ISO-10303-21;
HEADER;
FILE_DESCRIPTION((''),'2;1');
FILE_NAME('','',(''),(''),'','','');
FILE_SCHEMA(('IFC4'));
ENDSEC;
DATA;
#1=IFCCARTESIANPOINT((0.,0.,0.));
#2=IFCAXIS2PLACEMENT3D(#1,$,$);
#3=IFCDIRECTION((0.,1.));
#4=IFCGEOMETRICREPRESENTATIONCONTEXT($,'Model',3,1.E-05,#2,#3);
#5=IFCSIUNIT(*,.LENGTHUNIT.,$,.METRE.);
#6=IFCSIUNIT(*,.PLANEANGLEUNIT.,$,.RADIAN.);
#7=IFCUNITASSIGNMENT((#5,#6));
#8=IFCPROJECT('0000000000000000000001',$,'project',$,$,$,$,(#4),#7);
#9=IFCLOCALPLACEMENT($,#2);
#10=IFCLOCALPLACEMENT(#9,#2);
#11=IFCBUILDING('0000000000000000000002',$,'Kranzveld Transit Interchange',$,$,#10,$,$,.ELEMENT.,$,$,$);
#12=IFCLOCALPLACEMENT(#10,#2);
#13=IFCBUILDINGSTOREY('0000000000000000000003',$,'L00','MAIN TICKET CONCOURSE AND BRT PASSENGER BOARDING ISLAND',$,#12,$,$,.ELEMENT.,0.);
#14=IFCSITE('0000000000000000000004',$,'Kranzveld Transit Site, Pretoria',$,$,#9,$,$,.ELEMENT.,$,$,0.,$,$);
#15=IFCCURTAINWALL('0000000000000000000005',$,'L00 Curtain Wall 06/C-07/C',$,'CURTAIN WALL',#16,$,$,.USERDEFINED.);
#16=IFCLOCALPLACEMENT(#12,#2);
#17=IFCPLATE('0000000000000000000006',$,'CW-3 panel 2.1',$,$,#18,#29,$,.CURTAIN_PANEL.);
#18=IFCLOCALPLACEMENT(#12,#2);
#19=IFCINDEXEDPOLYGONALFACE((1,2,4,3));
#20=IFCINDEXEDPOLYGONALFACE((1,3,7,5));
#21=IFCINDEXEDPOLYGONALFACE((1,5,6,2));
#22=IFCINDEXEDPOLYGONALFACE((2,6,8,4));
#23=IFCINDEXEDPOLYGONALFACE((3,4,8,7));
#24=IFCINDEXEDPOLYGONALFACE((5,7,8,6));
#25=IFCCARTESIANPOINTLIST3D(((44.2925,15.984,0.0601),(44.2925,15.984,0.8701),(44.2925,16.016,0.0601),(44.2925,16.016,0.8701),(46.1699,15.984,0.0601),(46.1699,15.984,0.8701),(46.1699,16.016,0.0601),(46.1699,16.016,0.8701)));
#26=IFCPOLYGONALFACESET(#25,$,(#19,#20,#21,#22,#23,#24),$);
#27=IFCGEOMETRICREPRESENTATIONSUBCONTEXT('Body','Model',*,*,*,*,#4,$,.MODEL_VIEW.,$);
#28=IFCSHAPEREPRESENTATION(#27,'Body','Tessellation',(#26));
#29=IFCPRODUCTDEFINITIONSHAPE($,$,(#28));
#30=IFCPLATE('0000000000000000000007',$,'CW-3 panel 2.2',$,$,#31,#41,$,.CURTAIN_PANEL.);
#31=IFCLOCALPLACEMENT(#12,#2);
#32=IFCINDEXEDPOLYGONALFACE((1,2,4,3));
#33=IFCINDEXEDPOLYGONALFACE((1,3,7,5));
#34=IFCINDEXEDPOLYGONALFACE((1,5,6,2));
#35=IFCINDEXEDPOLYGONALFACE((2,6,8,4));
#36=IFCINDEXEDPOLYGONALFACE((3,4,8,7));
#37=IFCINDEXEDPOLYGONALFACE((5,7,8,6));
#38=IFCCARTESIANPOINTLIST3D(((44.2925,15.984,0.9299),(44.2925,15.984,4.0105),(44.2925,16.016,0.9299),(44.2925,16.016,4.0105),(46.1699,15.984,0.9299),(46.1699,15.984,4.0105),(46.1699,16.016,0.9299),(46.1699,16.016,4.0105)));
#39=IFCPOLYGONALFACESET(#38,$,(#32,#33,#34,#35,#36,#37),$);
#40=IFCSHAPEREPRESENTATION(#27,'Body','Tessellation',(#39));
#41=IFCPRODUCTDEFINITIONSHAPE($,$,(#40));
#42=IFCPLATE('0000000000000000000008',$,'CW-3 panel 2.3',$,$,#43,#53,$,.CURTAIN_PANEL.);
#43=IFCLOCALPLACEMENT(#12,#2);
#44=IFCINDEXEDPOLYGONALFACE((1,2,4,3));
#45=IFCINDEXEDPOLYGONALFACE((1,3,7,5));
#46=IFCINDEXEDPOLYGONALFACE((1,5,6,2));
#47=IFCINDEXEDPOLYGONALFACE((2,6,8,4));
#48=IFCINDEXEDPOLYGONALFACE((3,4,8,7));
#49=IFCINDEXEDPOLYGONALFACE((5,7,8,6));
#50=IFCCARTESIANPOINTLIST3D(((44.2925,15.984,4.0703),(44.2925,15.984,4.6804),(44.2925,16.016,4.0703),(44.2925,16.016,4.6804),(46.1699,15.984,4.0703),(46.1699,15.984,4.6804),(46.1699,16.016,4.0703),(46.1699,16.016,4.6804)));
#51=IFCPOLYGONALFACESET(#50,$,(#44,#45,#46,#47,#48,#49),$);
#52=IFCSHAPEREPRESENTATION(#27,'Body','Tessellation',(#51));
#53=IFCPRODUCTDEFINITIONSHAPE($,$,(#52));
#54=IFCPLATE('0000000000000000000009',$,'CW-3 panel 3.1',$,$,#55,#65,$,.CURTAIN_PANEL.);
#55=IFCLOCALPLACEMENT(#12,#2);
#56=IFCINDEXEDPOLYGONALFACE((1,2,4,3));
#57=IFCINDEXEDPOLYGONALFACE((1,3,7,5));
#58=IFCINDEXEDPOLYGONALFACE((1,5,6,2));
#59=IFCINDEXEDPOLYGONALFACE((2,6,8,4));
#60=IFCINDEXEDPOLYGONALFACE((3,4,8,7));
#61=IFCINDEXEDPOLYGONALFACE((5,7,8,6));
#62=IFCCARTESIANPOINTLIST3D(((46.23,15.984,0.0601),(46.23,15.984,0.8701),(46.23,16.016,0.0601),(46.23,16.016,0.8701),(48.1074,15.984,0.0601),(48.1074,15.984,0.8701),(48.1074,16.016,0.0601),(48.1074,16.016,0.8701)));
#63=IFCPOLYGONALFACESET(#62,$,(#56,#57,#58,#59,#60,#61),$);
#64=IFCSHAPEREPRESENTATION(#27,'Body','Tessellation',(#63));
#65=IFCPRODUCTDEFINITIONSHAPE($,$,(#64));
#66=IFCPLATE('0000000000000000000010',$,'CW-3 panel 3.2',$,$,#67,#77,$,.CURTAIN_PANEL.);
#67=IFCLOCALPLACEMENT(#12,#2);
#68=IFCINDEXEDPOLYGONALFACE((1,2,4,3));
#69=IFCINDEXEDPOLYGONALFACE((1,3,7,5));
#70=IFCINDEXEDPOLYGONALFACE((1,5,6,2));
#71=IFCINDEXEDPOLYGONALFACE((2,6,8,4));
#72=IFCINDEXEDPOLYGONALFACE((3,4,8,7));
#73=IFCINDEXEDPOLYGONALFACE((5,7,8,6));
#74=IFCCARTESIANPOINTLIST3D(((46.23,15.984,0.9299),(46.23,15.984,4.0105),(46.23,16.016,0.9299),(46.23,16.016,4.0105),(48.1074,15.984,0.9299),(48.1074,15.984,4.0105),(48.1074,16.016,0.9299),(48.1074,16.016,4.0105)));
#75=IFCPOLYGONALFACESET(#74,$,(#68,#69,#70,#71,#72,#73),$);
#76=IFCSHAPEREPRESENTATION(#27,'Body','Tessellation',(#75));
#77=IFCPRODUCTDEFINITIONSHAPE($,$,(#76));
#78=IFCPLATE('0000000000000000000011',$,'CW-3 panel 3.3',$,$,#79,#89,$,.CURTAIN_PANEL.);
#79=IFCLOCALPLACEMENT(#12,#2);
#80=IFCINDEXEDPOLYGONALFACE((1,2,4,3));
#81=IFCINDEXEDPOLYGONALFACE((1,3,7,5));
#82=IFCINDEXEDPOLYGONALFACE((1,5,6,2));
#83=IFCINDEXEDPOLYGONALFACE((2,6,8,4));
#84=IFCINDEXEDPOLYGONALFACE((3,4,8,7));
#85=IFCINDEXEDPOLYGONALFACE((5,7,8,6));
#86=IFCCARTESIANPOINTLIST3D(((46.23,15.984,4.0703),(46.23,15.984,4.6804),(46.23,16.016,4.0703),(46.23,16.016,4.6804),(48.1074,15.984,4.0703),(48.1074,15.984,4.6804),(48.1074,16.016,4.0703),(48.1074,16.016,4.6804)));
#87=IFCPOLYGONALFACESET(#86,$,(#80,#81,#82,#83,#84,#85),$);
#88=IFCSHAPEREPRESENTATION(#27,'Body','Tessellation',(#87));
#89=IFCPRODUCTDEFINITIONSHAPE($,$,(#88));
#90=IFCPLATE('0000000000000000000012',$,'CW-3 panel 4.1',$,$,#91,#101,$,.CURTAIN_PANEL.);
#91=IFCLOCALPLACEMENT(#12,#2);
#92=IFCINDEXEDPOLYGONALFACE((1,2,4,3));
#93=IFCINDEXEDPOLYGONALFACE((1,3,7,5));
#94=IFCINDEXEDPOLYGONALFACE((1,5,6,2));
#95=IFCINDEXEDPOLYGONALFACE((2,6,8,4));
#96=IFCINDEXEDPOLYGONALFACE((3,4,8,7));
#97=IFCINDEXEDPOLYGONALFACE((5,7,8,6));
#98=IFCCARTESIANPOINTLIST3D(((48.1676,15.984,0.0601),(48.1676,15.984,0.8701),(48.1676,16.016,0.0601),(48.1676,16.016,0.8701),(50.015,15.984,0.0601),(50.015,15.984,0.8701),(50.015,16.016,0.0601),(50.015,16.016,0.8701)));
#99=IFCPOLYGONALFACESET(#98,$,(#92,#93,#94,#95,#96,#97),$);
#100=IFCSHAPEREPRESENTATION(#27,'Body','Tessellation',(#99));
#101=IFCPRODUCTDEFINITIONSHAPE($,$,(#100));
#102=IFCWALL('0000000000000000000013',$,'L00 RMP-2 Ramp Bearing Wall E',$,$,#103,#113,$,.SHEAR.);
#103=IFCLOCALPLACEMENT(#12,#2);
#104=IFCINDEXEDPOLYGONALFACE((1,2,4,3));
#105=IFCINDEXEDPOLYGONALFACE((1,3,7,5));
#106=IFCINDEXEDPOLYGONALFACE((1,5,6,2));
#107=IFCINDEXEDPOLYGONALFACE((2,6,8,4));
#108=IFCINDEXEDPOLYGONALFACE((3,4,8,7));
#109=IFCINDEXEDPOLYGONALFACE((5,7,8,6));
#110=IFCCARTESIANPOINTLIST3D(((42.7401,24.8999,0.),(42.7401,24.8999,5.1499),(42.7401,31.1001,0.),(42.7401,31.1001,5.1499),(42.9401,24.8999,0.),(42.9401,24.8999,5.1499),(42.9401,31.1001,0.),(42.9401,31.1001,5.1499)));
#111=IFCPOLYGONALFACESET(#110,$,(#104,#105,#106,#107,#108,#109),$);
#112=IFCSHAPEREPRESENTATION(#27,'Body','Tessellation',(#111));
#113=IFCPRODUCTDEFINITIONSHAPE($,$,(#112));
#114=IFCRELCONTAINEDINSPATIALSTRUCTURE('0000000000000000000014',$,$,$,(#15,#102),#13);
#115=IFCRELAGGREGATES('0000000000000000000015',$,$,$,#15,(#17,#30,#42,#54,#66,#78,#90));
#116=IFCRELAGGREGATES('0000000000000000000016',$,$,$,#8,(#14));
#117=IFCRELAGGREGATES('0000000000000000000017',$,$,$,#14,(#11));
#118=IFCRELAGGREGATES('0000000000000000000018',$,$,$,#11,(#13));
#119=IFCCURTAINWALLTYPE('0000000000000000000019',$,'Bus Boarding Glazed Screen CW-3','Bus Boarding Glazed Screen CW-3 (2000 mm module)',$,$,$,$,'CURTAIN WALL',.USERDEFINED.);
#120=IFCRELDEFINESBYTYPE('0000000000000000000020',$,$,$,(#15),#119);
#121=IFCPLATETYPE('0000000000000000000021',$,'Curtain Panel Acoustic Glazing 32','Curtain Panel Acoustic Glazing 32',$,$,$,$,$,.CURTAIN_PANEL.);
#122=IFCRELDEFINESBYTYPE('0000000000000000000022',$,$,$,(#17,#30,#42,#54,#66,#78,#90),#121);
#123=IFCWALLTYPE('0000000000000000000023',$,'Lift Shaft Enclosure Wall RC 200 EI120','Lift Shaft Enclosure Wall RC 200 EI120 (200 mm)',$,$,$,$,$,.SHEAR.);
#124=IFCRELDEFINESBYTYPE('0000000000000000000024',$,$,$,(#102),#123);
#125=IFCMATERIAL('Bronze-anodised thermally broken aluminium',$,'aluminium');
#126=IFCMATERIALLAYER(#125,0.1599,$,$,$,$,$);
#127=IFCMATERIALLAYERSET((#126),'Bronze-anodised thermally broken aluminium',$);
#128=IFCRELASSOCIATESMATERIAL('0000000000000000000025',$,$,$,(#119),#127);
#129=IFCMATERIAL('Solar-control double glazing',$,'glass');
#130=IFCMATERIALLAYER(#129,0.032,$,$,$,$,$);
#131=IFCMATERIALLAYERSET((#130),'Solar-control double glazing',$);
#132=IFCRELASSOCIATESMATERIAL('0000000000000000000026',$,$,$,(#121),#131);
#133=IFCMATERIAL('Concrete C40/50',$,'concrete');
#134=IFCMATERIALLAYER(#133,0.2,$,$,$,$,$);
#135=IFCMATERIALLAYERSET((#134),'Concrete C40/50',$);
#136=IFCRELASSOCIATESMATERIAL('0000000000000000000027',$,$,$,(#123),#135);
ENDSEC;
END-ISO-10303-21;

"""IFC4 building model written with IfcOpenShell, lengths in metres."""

from ifc_helpers import new_model, si_unit, direction, frame, frame_2d, origin, origin_2d, place, context, subcontext, project, spatial, rectangle, extrude, material, layer, layer_set, type_object, element, aggregate, save


model = new_model("IFC4")

# Units and contexts
model_context = context("Model", 3, precision=1e-05, world=origin(), true_north=direction((0.0, 1.0)))
body_context = subcontext(model_context, "Body", "Model", "MODEL_VIEW")
ifc_project = project(units=[si_unit("LENGTHUNIT", "METRE"), si_unit("PLANEANGLEUNIT", "RADIAN")], contexts=[model_context])

# Site, building, storey
site_placement = place(None, origin())
site = spatial("IfcSite", under=ifc_project, at=site_placement, Name="Kranzveld Transit Site, Pretoria", CompositionType="ELEMENT", RefElevation=0.0)
building_placement = place(site_placement, origin())
building = spatial("IfcBuilding", under=site, at=building_placement, Name="Kranzveld Transit Interchange", CompositionType="ELEMENT")
storey_placement = place(building_placement, origin())
storey = spatial("IfcBuildingStorey", under=building, at=storey_placement, Name="L00", Description="MAIN TICKET CONCOURSE AND BRT PASSENGER BOARDING ISLAND", CompositionType="ELEMENT", Elevation=0.0)

# Curtain wall, plates
ifc_material_1 = material(Name="Bronze-anodised thermally broken aluminium", Category="aluminium")
ifc_layer_1 = layer(ifc_material_1, 0.1599)
ifc_layer_set_1 = layer_set([ifc_layer_1], Name="Bronze-anodised thermally broken aluminium")
curtain_wall_type = type_object("IfcCurtainWallType", Name="Bus Boarding Glazed Screen CW-3", Description="Bus Boarding Glazed Screen CW-3 (2000 mm module)", ElementType="CURTAIN WALL", PredefinedType="USERDEFINED", material=ifc_layer_set_1)
curtain_wall_placement = place(storey_placement, origin())
curtain_wall = element("IfcCurtainWall", 1, at=curtain_wall_placement, inside=storey, type_object=curtain_wall_type, Name="L00 Curtain Wall 06/C-07/C", ObjectType="CURTAIN WALL", PredefinedType="USERDEFINED")
ifc_material_2 = material(Name="Solar-control double glazing", Category="glass")
ifc_layer_2 = layer(ifc_material_2, 0.032)
ifc_layer_set_2 = layer_set([ifc_layer_2], Name="Solar-control double glazing")
plate_type = type_object("IfcPlateType", Name="Curtain Panel Acoustic Glazing 32", Description="Curtain Panel Acoustic Glazing 32", PredefinedType="CURTAIN_PANEL", material=ifc_layer_set_2)
plate_1_placement = place(storey_placement, frame((45.2312, 16.0, 0.0601), z_axis=(0.0, 0.0, 1.0), x_axis=(1.0, 0.0, 0.0)))
plate_1 = element("IfcPlate", 2, at=plate_1_placement, type_object=plate_type, Name="CW-3 panel 2.1", PredefinedType="CURTAIN_PANEL", context=body_context, shape_type="SweptSolid", body=[
    extrude(rectangle(XDim=1.8774, YDim=0.032, at=origin_2d()), origin(), (0.0, 0.0, 1.0), 0.8101),
])
plate_2_placement = place(storey_placement, frame((45.2312, 16.0, 0.9299), z_axis=(0.0, 0.0, 1.0), x_axis=(1.0, 0.0, 0.0)))
plate_2 = element("IfcPlate", 3, at=plate_2_placement, type_object=plate_type, Name="CW-3 panel 2.2", PredefinedType="CURTAIN_PANEL", context=body_context, shape_type="SweptSolid", body=[
    extrude(rectangle(XDim=1.8774, YDim=0.032, at=origin_2d()), origin(), (0.0, 0.0, 1.0), 3.0806),
])
plate_3_placement = place(storey_placement, frame((45.2312, 16.0, 4.0703), z_axis=(0.0, 0.0, 1.0), x_axis=(1.0, 0.0, 0.0)))
plate_3 = element("IfcPlate", 4, at=plate_3_placement, type_object=plate_type, Name="CW-3 panel 2.3", PredefinedType="CURTAIN_PANEL", context=body_context, shape_type="SweptSolid", body=[
    extrude(rectangle(XDim=1.8774, YDim=0.032, at=origin_2d()), origin(), (0.0, 0.0, 1.0), 0.6101),
])
plate_4_placement = place(storey_placement, frame((47.1687, 16.0, 0.0601), z_axis=(0.0, 0.0, 1.0), x_axis=(1.0, 0.0, 0.0)))
plate_4 = element("IfcPlate", 5, at=plate_4_placement, type_object=plate_type, Name="CW-3 panel 3.1", PredefinedType="CURTAIN_PANEL", context=body_context, shape_type="SweptSolid", body=[
    extrude(rectangle(XDim=1.8774, YDim=0.032, at=origin_2d()), origin(), (0.0, 0.0, 1.0), 0.8101),
])
plate_5_placement = place(storey_placement, frame((47.1687, 16.0, 0.9299), z_axis=(0.0, 0.0, 1.0), x_axis=(1.0, 0.0, 0.0)))
plate_5 = element("IfcPlate", 6, at=plate_5_placement, type_object=plate_type, Name="CW-3 panel 3.2", PredefinedType="CURTAIN_PANEL", context=body_context, shape_type="SweptSolid", body=[
    extrude(rectangle(XDim=1.8774, YDim=0.032, at=origin_2d()), origin(), (0.0, 0.0, 1.0), 3.0806),
])
plate_6_placement = place(storey_placement, frame((47.1687, 16.0, 4.0703), z_axis=(0.0, 0.0, 1.0), x_axis=(1.0, 0.0, 0.0)))
plate_6 = element("IfcPlate", 7, at=plate_6_placement, type_object=plate_type, Name="CW-3 panel 3.3", PredefinedType="CURTAIN_PANEL", context=body_context, shape_type="SweptSolid", body=[
    extrude(rectangle(XDim=1.8774, YDim=0.032, at=origin_2d()), origin(), (0.0, 0.0, 1.0), 0.6101),
])
plate_7_placement = place(storey_placement, frame((49.0913, 16.0, 0.0601), z_axis=(0.0, 0.0, 1.0), x_axis=(1.0, 0.0, 0.0)))
plate_7 = element("IfcPlate", 8, at=plate_7_placement, type_object=plate_type, Name="CW-3 panel 4.1", PredefinedType="CURTAIN_PANEL", context=body_context, shape_type="SweptSolid", body=[
    extrude(rectangle(XDim=1.8474, YDim=0.032, at=origin_2d()), origin(), (0.0, 0.0, 1.0), 0.8101),
])
aggregate(curtain_wall, [plate_1, plate_2, plate_3, plate_4, plate_5, plate_6, plate_7])

# Wall
ifc_material_3 = material(Name="Concrete C40/50", Category="concrete")
ifc_layer_3 = layer(ifc_material_3, 0.2)
ifc_layer_set_3 = layer_set([ifc_layer_3], Name="Concrete C40/50")
wall_type = type_object("IfcWallType", Name="Lift Shaft Enclosure Wall RC 200 EI120", Description="Lift Shaft Enclosure Wall RC 200 EI120 (200 mm)", PredefinedType="SHEAR", material=ifc_layer_set_3)
wall_placement = place(storey_placement, frame((42.8401, 24.8999, 0.0), z_axis=(0.0, 0.0, 1.0), x_axis=(0.0, 1.0, 0.0)))
element("IfcWall", 9, at=wall_placement, inside=storey, type_object=wall_type, Name="L00 RMP-2 Ramp Bearing Wall E", PredefinedType="SHEAR", context=body_context, shape_type="SweptSolid", body=[
    extrude(rectangle(XDim=6.2002, YDim=0.2, at=frame_2d((3.1001, 0.0))), origin(), (0.0, 0.0, 1.0), 5.1499),
])

save(model, "model.ifc")
